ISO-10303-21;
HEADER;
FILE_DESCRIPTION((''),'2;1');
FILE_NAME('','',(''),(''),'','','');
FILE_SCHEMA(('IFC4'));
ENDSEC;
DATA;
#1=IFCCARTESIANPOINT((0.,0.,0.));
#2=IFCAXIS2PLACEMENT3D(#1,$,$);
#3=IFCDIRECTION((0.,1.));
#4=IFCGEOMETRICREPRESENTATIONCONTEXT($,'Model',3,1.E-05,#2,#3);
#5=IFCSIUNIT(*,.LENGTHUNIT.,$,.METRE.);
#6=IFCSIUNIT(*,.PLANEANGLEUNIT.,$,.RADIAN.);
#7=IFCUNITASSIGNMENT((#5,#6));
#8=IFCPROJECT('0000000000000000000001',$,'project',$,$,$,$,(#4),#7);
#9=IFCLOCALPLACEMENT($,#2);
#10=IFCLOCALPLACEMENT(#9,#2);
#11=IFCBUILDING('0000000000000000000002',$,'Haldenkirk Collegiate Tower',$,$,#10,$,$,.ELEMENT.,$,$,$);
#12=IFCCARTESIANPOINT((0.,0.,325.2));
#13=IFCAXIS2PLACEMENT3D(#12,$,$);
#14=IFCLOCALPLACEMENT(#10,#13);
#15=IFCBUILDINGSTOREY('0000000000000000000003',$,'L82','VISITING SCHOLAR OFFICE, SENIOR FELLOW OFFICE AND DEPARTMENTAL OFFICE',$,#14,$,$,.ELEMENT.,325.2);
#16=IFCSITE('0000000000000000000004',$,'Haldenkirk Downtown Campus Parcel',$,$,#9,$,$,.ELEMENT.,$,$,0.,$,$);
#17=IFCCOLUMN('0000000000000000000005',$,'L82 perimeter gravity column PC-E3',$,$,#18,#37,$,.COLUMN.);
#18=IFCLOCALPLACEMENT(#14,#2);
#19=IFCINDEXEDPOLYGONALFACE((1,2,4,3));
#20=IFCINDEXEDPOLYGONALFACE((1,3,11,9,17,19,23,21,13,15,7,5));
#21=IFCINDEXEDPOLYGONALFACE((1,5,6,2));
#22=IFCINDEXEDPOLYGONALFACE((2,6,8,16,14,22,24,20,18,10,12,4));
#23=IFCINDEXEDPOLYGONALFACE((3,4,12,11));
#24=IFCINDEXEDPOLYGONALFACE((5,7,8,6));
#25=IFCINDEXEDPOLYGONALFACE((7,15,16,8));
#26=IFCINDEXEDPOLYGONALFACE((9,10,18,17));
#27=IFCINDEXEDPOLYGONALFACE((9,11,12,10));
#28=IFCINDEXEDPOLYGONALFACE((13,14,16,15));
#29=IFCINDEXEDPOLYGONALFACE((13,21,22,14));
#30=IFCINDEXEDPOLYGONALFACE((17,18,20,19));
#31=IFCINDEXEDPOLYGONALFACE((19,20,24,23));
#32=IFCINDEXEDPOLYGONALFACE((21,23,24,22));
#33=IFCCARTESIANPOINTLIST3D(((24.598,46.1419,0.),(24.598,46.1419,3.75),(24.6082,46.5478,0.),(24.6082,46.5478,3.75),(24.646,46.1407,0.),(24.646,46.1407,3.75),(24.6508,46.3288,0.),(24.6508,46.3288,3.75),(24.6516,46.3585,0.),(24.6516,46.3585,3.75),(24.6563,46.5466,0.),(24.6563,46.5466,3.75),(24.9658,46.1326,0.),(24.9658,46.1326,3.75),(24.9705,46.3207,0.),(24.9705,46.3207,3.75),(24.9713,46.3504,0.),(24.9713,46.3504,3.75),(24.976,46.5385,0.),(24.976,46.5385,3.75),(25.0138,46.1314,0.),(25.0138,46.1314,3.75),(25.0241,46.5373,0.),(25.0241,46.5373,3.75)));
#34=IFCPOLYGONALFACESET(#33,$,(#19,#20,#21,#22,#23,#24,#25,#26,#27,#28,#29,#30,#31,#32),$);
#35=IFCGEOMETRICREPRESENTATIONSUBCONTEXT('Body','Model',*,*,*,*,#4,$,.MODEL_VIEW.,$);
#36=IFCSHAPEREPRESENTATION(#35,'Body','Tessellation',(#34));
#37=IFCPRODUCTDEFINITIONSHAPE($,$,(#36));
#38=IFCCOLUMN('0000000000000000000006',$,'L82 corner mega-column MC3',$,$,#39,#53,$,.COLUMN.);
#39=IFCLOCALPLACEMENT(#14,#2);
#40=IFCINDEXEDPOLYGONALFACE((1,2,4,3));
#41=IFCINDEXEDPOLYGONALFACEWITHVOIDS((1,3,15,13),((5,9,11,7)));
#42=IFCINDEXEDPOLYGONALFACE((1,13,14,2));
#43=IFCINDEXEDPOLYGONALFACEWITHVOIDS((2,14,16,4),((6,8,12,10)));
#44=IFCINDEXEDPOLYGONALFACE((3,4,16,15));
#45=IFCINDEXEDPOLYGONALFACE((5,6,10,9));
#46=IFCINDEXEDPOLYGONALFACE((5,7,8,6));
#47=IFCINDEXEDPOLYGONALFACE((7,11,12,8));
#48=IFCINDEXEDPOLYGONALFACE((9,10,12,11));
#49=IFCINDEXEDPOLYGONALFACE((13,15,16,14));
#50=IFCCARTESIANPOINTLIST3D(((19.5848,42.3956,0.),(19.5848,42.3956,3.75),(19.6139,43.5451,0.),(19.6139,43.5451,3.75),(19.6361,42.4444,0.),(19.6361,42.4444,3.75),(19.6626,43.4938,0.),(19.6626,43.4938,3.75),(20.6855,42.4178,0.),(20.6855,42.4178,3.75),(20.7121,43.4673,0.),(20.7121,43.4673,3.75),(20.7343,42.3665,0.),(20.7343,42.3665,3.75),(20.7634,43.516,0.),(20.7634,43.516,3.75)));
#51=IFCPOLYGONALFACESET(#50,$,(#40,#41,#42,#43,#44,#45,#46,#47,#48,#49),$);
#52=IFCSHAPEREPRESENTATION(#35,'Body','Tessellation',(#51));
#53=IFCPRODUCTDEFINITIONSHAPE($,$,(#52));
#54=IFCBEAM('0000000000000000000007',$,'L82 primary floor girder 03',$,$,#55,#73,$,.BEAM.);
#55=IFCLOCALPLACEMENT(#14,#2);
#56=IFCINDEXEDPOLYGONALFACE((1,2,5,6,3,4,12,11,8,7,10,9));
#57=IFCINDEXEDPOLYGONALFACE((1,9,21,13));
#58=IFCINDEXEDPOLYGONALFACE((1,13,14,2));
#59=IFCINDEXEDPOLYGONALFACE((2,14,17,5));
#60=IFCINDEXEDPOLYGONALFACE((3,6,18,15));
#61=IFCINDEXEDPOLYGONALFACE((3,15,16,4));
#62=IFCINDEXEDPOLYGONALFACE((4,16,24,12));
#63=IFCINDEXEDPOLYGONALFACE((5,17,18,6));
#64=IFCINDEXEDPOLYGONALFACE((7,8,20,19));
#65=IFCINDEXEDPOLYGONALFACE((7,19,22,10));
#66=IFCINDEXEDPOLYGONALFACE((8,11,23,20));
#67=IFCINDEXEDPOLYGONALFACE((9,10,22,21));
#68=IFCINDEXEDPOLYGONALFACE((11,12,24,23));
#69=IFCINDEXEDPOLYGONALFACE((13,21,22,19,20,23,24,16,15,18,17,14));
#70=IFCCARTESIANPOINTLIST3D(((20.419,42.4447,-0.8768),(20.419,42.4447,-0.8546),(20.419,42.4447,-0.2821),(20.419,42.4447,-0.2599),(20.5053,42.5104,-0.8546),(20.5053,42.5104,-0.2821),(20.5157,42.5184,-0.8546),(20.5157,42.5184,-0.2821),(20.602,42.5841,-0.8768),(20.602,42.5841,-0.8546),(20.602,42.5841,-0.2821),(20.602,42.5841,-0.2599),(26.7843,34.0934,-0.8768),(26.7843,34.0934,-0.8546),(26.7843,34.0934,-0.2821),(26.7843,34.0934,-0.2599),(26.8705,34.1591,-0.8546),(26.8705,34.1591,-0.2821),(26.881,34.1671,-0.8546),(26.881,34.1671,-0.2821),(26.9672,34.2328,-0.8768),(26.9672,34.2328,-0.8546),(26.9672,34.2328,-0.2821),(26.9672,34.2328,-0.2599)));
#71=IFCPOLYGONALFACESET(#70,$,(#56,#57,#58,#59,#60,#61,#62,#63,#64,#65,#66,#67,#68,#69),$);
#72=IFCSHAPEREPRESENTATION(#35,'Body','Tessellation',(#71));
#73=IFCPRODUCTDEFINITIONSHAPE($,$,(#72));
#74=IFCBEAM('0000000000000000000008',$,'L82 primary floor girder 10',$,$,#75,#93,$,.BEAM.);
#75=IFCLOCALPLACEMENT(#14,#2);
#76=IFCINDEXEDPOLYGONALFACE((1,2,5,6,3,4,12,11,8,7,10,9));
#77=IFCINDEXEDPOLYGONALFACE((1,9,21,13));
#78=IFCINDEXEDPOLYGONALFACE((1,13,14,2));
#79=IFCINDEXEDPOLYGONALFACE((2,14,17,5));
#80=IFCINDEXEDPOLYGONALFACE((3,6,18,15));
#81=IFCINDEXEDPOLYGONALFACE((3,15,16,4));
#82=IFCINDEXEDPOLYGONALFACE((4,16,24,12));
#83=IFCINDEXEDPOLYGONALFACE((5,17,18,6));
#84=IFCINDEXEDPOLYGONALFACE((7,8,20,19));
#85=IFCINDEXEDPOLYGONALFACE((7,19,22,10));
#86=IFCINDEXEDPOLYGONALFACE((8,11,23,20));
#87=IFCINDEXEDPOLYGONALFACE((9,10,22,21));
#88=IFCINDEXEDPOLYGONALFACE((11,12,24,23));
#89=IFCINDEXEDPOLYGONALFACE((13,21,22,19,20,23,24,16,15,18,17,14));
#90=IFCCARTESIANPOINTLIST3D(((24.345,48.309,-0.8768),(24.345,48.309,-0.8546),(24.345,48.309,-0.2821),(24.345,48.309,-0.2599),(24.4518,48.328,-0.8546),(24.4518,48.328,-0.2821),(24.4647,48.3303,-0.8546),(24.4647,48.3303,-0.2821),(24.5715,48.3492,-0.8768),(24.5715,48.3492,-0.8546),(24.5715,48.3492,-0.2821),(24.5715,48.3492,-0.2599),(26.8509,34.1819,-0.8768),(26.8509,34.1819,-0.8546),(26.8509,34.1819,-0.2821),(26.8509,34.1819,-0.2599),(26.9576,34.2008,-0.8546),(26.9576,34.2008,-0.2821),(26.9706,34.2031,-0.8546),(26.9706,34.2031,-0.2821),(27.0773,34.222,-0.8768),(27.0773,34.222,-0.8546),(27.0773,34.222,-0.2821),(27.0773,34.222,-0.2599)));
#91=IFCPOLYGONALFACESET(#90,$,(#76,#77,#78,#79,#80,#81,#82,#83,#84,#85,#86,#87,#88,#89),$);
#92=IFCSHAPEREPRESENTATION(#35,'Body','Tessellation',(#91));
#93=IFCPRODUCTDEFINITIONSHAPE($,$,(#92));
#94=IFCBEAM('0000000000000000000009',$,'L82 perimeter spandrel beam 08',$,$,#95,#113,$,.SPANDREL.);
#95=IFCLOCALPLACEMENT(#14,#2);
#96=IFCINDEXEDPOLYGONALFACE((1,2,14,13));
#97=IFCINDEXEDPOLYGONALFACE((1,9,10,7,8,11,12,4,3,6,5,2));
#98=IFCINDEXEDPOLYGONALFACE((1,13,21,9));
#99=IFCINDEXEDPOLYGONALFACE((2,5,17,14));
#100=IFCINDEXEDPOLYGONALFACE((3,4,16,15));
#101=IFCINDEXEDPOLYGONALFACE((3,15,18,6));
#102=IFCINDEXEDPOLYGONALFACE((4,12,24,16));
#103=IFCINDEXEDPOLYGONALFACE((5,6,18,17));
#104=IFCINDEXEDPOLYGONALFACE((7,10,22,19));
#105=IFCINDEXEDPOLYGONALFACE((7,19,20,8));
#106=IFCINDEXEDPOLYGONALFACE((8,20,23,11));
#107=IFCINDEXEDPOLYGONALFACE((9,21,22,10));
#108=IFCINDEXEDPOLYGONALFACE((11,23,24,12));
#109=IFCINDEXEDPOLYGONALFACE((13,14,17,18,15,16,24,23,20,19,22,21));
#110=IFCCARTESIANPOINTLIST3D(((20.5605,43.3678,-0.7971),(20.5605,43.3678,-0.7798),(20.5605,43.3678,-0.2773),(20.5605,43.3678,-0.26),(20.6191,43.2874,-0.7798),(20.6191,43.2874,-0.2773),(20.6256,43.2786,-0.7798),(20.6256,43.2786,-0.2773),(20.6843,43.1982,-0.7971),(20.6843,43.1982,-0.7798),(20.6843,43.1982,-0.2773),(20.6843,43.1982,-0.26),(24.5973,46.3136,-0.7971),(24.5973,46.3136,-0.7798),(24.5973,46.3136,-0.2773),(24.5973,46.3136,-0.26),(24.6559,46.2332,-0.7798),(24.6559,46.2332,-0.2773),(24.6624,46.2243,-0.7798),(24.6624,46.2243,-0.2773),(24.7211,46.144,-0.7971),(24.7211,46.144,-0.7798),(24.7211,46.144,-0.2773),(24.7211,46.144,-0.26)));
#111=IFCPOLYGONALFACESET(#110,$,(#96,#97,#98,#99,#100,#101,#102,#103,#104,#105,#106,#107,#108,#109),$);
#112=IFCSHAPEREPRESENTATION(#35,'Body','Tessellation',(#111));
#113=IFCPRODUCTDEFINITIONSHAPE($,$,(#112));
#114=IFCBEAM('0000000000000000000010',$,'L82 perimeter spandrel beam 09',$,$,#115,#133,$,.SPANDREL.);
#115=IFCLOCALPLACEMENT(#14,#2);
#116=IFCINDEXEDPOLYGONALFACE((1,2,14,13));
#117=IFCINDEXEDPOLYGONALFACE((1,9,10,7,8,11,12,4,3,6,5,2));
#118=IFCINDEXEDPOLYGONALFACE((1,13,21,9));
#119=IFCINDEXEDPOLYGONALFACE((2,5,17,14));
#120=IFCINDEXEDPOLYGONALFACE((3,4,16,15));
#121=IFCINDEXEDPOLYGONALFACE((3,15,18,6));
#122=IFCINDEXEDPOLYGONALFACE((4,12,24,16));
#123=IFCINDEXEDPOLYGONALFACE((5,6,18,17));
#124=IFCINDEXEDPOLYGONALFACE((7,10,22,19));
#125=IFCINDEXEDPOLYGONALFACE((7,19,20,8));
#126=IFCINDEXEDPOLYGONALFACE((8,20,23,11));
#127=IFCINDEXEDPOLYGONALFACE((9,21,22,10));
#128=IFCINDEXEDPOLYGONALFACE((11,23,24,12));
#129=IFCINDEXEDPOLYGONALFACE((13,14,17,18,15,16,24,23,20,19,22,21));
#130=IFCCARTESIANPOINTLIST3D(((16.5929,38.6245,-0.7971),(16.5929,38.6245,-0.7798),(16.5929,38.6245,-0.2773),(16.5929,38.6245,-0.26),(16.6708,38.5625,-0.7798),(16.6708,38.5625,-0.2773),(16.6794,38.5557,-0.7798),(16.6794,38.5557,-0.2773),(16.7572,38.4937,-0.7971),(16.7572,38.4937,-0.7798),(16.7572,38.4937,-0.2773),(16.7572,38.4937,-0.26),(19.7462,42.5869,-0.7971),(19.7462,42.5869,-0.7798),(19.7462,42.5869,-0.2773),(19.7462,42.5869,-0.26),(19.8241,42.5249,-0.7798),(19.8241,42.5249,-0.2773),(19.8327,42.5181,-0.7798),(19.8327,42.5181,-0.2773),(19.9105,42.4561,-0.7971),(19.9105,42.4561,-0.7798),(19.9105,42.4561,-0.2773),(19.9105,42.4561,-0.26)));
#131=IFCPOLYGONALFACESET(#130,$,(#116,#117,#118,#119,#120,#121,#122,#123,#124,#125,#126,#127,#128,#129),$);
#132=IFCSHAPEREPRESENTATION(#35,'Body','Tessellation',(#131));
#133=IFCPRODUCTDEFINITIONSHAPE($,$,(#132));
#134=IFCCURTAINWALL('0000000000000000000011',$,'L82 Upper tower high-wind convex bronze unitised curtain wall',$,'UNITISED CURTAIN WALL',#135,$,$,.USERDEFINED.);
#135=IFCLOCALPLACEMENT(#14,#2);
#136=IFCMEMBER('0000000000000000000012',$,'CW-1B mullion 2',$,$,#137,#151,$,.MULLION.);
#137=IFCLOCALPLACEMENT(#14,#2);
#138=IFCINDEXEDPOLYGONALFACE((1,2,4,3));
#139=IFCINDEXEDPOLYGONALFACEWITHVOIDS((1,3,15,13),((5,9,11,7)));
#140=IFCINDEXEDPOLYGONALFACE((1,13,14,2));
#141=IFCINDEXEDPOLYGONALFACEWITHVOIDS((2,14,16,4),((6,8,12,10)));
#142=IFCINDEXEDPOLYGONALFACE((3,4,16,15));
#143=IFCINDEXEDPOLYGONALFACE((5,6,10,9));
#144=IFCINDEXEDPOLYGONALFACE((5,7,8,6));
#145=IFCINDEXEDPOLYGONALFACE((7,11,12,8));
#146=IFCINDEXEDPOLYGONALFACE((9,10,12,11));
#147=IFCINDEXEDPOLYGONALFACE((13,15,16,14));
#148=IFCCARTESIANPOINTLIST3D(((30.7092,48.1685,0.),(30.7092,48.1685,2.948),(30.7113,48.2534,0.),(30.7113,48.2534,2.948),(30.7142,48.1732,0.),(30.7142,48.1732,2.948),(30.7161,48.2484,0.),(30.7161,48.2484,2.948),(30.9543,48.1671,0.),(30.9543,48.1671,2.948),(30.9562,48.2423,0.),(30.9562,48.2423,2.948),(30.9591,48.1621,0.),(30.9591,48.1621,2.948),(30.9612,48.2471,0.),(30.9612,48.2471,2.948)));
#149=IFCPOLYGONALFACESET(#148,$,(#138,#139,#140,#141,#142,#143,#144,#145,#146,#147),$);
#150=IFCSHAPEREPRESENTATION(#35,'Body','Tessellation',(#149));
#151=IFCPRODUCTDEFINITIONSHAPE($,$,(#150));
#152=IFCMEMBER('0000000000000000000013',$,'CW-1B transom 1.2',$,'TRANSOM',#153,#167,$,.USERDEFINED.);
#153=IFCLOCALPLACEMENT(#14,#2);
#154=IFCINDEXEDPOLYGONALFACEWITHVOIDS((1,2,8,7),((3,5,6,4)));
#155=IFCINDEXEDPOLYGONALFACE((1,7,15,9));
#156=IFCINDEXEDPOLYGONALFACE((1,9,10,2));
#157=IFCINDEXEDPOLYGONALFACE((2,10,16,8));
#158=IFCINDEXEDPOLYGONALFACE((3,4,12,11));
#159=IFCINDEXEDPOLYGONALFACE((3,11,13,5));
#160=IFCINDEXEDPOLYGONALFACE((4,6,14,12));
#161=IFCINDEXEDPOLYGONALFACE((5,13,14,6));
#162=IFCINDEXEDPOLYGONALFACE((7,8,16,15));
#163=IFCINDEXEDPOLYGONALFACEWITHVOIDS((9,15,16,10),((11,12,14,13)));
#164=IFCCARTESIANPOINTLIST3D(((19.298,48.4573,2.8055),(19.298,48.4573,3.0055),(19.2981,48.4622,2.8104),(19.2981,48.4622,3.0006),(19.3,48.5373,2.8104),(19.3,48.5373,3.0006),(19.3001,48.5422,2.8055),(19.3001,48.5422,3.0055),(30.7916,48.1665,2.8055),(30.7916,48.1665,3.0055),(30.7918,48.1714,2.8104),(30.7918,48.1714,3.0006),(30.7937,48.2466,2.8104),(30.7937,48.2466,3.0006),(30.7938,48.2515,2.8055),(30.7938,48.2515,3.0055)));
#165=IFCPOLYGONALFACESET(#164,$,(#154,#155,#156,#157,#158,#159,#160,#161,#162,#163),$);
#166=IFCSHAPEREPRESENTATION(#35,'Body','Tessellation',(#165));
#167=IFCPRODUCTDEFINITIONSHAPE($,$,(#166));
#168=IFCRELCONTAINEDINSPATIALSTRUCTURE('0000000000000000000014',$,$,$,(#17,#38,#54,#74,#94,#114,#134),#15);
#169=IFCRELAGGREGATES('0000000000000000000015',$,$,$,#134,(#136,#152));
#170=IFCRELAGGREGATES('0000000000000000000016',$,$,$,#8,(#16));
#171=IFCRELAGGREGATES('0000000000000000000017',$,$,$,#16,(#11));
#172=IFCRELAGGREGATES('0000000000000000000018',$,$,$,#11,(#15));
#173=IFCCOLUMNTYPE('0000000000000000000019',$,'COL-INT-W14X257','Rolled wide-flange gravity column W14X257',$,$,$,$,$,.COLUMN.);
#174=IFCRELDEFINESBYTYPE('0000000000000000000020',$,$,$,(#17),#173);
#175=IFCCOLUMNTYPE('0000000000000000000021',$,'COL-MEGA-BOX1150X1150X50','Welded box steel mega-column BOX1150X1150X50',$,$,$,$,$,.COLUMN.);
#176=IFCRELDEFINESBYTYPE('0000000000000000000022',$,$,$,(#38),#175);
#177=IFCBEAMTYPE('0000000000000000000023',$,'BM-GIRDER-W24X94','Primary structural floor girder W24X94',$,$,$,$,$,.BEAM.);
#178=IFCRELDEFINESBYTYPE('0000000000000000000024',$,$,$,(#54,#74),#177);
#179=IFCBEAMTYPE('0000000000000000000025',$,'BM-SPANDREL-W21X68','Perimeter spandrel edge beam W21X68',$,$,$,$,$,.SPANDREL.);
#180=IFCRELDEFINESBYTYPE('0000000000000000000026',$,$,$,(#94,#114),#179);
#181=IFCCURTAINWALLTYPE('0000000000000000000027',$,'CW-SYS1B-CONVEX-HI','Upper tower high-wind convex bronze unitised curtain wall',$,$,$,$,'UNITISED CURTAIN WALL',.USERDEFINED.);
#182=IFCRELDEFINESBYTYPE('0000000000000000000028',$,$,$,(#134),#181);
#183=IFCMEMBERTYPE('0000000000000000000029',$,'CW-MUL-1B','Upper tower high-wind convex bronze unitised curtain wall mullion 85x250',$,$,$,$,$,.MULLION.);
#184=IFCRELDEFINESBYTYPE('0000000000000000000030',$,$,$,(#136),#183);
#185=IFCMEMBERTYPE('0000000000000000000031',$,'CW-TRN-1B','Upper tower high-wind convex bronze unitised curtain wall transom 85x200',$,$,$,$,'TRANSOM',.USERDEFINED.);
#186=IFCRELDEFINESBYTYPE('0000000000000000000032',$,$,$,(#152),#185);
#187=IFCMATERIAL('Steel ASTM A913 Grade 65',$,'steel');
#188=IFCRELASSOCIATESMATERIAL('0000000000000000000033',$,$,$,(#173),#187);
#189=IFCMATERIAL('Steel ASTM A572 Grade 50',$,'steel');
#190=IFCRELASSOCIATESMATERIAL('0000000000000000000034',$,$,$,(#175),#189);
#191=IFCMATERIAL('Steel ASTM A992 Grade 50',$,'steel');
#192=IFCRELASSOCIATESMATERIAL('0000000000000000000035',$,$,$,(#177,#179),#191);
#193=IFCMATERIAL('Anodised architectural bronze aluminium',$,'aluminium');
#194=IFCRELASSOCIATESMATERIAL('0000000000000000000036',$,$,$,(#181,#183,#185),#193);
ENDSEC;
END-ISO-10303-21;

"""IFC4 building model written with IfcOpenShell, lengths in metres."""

from ifc_helpers import new_model, si_unit, direction, frame, origin, origin_2d, place, context, subcontext, project, spatial, hollow_rectangle, i_section, extrude, material, material_profile, profile_set, type_object, element, aggregate, save


model = new_model("IFC4")

# Units and contexts
model_context = context("Model", 3, precision=1e-05, world=origin(), true_north=direction((0.0, 1.0)))
body_context = subcontext(model_context, "Body", "Model", "MODEL_VIEW")
ifc_project = project(units=[si_unit("LENGTHUNIT", "METRE"), si_unit("PLANEANGLEUNIT", "RADIAN")], contexts=[model_context])

# Site, building, storey
site_placement = place(None, origin())
site = spatial("IfcSite", under=ifc_project, at=site_placement, Name="Haldenkirk Downtown Campus Parcel", CompositionType="ELEMENT", RefElevation=0.0)
building_placement = place(site_placement, origin())
building = spatial("IfcBuilding", under=site, at=building_placement, Name="Haldenkirk Collegiate Tower", CompositionType="ELEMENT")
storey_placement = place(building_placement, frame((0.0, 0.0, 325.2)))
storey = spatial("IfcBuildingStorey", under=building, at=storey_placement, Name="L82", Description="VISITING SCHOLAR OFFICE, SENIOR FELLOW OFFICE AND DEPARTMENTAL OFFICE", CompositionType="ELEMENT", Elevation=325.2)

# Columns
ifc_material_1 = material(Name="Steel ASTM A913 Grade 65", Category="steel")
ifc_material_profile_1 = material_profile(ifc_material_1, i_section(OverallWidth=0.406, OverallDepth=0.416, WebThickness=0.0298, FlangeThickness=0.0481, at=origin_2d()), Name="W14X257")
ifc_profile_set_1 = profile_set([ifc_material_profile_1], Name="Steel ASTM A913 Grade 65")
column_type_1 = type_object("IfcColumnType", Name="COL-INT-W14X257", Description="Rolled wide-flange gravity column W14X257", PredefinedType="COLUMN", material=ifc_profile_set_1)
column_1_placement = place(storey_placement, frame((24.811, 46.3396, 0.0), z_axis=(0.0, 0.0, 1.0), x_axis=(0.025305, 0.99968, 0.0)))
element("IfcColumn", 1, at=column_1_placement, inside=storey, type_object=column_type_1, Name="L82 perimeter gravity column PC-E3", PredefinedType="COLUMN", context=body_context, shape_type="SweptSolid", body=[
    extrude(i_section(OverallWidth=0.406, OverallDepth=0.416, WebThickness=0.0298, FlangeThickness=0.0481, at=origin_2d()), origin(), (0.0, 0.0, 1.0), 3.75),
])
ifc_material_2 = material(Name="Steel ASTM A572 Grade 50", Category="steel")
ifc_material_profile_2 = material_profile(ifc_material_2, hollow_rectangle(XDim=1.1499, YDim=1.1499, WallThickness=0.05, at=origin_2d()), Name="BOX1150X1150X50")
ifc_profile_set_2 = profile_set([ifc_material_profile_2], Name="Steel ASTM A572 Grade 50")
column_type_2 = type_object("IfcColumnType", Name="COL-MEGA-BOX1150X1150X50", Description="Welded box steel mega-column BOX1150X1150X50", PredefinedType="COLUMN", material=ifc_profile_set_2)
column_2_placement = place(storey_placement, frame((20.1741, 42.9558, 0.0), z_axis=(0.0, 0.0, 1.0), x_axis=(0.025305, 0.99968, 0.0)))
element("IfcColumn", 2, at=column_2_placement, inside=storey, type_object=column_type_2, Name="L82 corner mega-column MC3", PredefinedType="COLUMN", context=body_context, shape_type="SweptSolid", body=[
    extrude(hollow_rectangle(XDim=1.1499, YDim=1.1499, WallThickness=0.05, at=origin_2d()), origin(), (0.0, 0.0, 1.0), 3.75),
])

# Beams
ifc_material_3 = material(Name="Steel ASTM A992 Grade 50", Category="steel")
ifc_material_profile_3 = material_profile(ifc_material_3, i_section(OverallWidth=0.23, OverallDepth=0.6169, WebThickness=0.0132, FlangeThickness=0.0222, at=origin_2d()), Name="W24X94")
ifc_profile_set_3 = profile_set([ifc_material_profile_3], Name="Steel ASTM A992 Grade 50")
beam_type_1 = type_object("IfcBeamType", Name="BM-GIRDER-W24X94", Description="Primary structural floor girder W24X94", PredefinedType="BEAM", material=ifc_profile_set_3)
beam_1_placement = place(storey_placement, frame((20.5105, 42.5144, -0.5684), z_axis=(0.606183, -0.795325, 0.0), x_axis=(0.795325, 0.606183, 0.0)))
element("IfcBeam", 3, at=beam_1_placement, inside=storey, type_object=beam_type_1, Name="L82 primary floor girder 03", PredefinedType="BEAM", context=body_context, shape_type="SweptSolid", body=[
    extrude(i_section(OverallWidth=0.23, OverallDepth=0.6169, WebThickness=0.0132, FlangeThickness=0.0222, at=origin_2d()), origin(), (0.0, 0.0, 1.0), 10.5005),
])
beam_2_placement = place(storey_placement, frame((24.4583, 48.3291, -0.5684), z_axis=(0.174652, -0.98463, 0.0), x_axis=(0.98463, 0.174652, 0.0)))
element("IfcBeam", 4, at=beam_2_placement, inside=storey, type_object=beam_type_1, Name="L82 primary floor girder 10", PredefinedType="BEAM", context=body_context, shape_type="SweptSolid", body=[
    extrude(i_section(OverallWidth=0.23, OverallDepth=0.6169, WebThickness=0.0132, FlangeThickness=0.0222, at=origin_2d()), origin(), (0.0, 0.0, 1.0), 14.3477),
])
ifc_material_profile_4 = material_profile(ifc_material_3, i_section(OverallWidth=0.21, OverallDepth=0.5371, WebThickness=0.011, FlangeThickness=0.0173, at=origin_2d()), Name="W21X68")
ifc_profile_set_4 = profile_set([ifc_material_profile_4], Name="Steel ASTM A992 Grade 50")
beam_type_2 = type_object("IfcBeamType", Name="BM-SPANDREL-W21X68", Description="Perimeter spandrel edge beam W21X68", PredefinedType="SPANDREL", material=ifc_profile_set_4)
beam_3_placement = place(storey_placement, frame((24.6592, 46.2288, -0.5286), z_axis=(-0.807793, -0.589466, 0.0), x_axis=(0.589466, -0.807793, 0.0)))
element("IfcBeam", 5, at=beam_3_placement, inside=storey, type_object=beam_type_2, Name="L82 perimeter spandrel beam 08", PredefinedType="SPANDREL", context=body_context, shape_type="SweptSolid", body=[
    extrude(i_section(OverallWidth=0.21, OverallDepth=0.5371, WebThickness=0.011, FlangeThickness=0.0173, at=origin_2d()), origin(), (0.0, 0.0, 1.0), 4.9973),
])
beam_4_placement = place(storey_placement, frame((19.8284, 42.5215, -0.5286), z_axis=(-0.622694, -0.782465, 0.0), x_axis=(0.782465, -0.622694, 0.0)))
element("IfcBeam", 6, at=beam_4_placement, inside=storey, type_object=beam_type_2, Name="L82 perimeter spandrel beam 09", PredefinedType="SPANDREL", context=body_context, shape_type="SweptSolid", body=[
    extrude(i_section(OverallWidth=0.21, OverallDepth=0.5371, WebThickness=0.011, FlangeThickness=0.0173, at=origin_2d()), origin(), (0.0, 0.0, 1.0), 5.064),
])

# Curtain wall, members
ifc_material_4 = material(Name="Anodised architectural bronze aluminium", Category="aluminium")
curtain_wall_type = type_object("IfcCurtainWallType", Name="CW-SYS1B-CONVEX-HI", Description="Upper tower high-wind convex bronze unitised curtain wall", ElementType="UNITISED CURTAIN WALL", PredefinedType="USERDEFINED", material=ifc_material_4)
curtain_wall_placement = place(storey_placement, origin())
curtain_wall = element("IfcCurtainWall", 7, at=curtain_wall_placement, inside=storey, type_object=curtain_wall_type, Name="L82 Upper tower high-wind convex bronze unitised curtain wall", ObjectType="UNITISED CURTAIN WALL", PredefinedType="USERDEFINED")
ifc_material_profile_5 = material_profile(ifc_material_4, hollow_rectangle(XDim=0.085, YDim=0.25, WallThickness=0.0049, at=origin_2d()), Name="CW-MUL-1B")
ifc_profile_set_5 = profile_set([ifc_material_profile_5], Name="Anodised architectural bronze aluminium")
member_type_1 = type_object("IfcMemberType", Name="CW-MUL-1B", Description="Upper tower high-wind convex bronze unitised curtain wall mullion 85x250", PredefinedType="MULLION", material=ifc_profile_set_5)
member_1_placement = place(storey_placement, frame((30.8352, 48.2078, 0.0), z_axis=(0.0, 0.0, 1.0), x_axis=(0.025305, 0.99968, 0.0)))
member_1 = element("IfcMember", 8, at=member_1_placement, type_object=member_type_1, Name="CW-1B mullion 2", PredefinedType="MULLION", context=body_context, shape_type="SweptSolid", body=[
    extrude(hollow_rectangle(XDim=0.085, YDim=0.25, WallThickness=0.0049, at=origin_2d()), origin(), (0.0, 0.0, 1.0), 2.948),
])
ifc_material_profile_6 = material_profile(ifc_material_4, hollow_rectangle(XDim=0.085, YDim=0.2, WallThickness=0.0049, at=origin_2d()), Name="CW-TRN-1B")
ifc_profile_set_6 = profile_set([ifc_material_profile_6], Name="Anodised architectural bronze aluminium")
member_type_2 = type_object("IfcMemberType", Name="CW-TRN-1B", Description="Upper tower high-wind convex bronze unitised curtain wall transom 85x200", ElementType="TRANSOM", PredefinedType="USERDEFINED", material=ifc_profile_set_6)
member_2_placement = place(storey_placement, frame((19.2991, 48.4998, 2.9055), z_axis=(0.99968, -0.02529, 0.0), x_axis=(0.02529, 0.99968, 0.0)))
member_2 = element("IfcMember", 9, at=member_2_placement, type_object=member_type_2, Name="CW-1B transom 1.2", ObjectType="TRANSOM", PredefinedType="USERDEFINED", context=body_context, shape_type="SweptSolid", body=[
    extrude(hollow_rectangle(XDim=0.085, YDim=0.2, WallThickness=0.0049, at=origin_2d()), origin(), (0.0, 0.0, 1.0), 11.4973),
])
aggregate(curtain_wall, [member_1, member_2])

save(model, "model.ifc")
